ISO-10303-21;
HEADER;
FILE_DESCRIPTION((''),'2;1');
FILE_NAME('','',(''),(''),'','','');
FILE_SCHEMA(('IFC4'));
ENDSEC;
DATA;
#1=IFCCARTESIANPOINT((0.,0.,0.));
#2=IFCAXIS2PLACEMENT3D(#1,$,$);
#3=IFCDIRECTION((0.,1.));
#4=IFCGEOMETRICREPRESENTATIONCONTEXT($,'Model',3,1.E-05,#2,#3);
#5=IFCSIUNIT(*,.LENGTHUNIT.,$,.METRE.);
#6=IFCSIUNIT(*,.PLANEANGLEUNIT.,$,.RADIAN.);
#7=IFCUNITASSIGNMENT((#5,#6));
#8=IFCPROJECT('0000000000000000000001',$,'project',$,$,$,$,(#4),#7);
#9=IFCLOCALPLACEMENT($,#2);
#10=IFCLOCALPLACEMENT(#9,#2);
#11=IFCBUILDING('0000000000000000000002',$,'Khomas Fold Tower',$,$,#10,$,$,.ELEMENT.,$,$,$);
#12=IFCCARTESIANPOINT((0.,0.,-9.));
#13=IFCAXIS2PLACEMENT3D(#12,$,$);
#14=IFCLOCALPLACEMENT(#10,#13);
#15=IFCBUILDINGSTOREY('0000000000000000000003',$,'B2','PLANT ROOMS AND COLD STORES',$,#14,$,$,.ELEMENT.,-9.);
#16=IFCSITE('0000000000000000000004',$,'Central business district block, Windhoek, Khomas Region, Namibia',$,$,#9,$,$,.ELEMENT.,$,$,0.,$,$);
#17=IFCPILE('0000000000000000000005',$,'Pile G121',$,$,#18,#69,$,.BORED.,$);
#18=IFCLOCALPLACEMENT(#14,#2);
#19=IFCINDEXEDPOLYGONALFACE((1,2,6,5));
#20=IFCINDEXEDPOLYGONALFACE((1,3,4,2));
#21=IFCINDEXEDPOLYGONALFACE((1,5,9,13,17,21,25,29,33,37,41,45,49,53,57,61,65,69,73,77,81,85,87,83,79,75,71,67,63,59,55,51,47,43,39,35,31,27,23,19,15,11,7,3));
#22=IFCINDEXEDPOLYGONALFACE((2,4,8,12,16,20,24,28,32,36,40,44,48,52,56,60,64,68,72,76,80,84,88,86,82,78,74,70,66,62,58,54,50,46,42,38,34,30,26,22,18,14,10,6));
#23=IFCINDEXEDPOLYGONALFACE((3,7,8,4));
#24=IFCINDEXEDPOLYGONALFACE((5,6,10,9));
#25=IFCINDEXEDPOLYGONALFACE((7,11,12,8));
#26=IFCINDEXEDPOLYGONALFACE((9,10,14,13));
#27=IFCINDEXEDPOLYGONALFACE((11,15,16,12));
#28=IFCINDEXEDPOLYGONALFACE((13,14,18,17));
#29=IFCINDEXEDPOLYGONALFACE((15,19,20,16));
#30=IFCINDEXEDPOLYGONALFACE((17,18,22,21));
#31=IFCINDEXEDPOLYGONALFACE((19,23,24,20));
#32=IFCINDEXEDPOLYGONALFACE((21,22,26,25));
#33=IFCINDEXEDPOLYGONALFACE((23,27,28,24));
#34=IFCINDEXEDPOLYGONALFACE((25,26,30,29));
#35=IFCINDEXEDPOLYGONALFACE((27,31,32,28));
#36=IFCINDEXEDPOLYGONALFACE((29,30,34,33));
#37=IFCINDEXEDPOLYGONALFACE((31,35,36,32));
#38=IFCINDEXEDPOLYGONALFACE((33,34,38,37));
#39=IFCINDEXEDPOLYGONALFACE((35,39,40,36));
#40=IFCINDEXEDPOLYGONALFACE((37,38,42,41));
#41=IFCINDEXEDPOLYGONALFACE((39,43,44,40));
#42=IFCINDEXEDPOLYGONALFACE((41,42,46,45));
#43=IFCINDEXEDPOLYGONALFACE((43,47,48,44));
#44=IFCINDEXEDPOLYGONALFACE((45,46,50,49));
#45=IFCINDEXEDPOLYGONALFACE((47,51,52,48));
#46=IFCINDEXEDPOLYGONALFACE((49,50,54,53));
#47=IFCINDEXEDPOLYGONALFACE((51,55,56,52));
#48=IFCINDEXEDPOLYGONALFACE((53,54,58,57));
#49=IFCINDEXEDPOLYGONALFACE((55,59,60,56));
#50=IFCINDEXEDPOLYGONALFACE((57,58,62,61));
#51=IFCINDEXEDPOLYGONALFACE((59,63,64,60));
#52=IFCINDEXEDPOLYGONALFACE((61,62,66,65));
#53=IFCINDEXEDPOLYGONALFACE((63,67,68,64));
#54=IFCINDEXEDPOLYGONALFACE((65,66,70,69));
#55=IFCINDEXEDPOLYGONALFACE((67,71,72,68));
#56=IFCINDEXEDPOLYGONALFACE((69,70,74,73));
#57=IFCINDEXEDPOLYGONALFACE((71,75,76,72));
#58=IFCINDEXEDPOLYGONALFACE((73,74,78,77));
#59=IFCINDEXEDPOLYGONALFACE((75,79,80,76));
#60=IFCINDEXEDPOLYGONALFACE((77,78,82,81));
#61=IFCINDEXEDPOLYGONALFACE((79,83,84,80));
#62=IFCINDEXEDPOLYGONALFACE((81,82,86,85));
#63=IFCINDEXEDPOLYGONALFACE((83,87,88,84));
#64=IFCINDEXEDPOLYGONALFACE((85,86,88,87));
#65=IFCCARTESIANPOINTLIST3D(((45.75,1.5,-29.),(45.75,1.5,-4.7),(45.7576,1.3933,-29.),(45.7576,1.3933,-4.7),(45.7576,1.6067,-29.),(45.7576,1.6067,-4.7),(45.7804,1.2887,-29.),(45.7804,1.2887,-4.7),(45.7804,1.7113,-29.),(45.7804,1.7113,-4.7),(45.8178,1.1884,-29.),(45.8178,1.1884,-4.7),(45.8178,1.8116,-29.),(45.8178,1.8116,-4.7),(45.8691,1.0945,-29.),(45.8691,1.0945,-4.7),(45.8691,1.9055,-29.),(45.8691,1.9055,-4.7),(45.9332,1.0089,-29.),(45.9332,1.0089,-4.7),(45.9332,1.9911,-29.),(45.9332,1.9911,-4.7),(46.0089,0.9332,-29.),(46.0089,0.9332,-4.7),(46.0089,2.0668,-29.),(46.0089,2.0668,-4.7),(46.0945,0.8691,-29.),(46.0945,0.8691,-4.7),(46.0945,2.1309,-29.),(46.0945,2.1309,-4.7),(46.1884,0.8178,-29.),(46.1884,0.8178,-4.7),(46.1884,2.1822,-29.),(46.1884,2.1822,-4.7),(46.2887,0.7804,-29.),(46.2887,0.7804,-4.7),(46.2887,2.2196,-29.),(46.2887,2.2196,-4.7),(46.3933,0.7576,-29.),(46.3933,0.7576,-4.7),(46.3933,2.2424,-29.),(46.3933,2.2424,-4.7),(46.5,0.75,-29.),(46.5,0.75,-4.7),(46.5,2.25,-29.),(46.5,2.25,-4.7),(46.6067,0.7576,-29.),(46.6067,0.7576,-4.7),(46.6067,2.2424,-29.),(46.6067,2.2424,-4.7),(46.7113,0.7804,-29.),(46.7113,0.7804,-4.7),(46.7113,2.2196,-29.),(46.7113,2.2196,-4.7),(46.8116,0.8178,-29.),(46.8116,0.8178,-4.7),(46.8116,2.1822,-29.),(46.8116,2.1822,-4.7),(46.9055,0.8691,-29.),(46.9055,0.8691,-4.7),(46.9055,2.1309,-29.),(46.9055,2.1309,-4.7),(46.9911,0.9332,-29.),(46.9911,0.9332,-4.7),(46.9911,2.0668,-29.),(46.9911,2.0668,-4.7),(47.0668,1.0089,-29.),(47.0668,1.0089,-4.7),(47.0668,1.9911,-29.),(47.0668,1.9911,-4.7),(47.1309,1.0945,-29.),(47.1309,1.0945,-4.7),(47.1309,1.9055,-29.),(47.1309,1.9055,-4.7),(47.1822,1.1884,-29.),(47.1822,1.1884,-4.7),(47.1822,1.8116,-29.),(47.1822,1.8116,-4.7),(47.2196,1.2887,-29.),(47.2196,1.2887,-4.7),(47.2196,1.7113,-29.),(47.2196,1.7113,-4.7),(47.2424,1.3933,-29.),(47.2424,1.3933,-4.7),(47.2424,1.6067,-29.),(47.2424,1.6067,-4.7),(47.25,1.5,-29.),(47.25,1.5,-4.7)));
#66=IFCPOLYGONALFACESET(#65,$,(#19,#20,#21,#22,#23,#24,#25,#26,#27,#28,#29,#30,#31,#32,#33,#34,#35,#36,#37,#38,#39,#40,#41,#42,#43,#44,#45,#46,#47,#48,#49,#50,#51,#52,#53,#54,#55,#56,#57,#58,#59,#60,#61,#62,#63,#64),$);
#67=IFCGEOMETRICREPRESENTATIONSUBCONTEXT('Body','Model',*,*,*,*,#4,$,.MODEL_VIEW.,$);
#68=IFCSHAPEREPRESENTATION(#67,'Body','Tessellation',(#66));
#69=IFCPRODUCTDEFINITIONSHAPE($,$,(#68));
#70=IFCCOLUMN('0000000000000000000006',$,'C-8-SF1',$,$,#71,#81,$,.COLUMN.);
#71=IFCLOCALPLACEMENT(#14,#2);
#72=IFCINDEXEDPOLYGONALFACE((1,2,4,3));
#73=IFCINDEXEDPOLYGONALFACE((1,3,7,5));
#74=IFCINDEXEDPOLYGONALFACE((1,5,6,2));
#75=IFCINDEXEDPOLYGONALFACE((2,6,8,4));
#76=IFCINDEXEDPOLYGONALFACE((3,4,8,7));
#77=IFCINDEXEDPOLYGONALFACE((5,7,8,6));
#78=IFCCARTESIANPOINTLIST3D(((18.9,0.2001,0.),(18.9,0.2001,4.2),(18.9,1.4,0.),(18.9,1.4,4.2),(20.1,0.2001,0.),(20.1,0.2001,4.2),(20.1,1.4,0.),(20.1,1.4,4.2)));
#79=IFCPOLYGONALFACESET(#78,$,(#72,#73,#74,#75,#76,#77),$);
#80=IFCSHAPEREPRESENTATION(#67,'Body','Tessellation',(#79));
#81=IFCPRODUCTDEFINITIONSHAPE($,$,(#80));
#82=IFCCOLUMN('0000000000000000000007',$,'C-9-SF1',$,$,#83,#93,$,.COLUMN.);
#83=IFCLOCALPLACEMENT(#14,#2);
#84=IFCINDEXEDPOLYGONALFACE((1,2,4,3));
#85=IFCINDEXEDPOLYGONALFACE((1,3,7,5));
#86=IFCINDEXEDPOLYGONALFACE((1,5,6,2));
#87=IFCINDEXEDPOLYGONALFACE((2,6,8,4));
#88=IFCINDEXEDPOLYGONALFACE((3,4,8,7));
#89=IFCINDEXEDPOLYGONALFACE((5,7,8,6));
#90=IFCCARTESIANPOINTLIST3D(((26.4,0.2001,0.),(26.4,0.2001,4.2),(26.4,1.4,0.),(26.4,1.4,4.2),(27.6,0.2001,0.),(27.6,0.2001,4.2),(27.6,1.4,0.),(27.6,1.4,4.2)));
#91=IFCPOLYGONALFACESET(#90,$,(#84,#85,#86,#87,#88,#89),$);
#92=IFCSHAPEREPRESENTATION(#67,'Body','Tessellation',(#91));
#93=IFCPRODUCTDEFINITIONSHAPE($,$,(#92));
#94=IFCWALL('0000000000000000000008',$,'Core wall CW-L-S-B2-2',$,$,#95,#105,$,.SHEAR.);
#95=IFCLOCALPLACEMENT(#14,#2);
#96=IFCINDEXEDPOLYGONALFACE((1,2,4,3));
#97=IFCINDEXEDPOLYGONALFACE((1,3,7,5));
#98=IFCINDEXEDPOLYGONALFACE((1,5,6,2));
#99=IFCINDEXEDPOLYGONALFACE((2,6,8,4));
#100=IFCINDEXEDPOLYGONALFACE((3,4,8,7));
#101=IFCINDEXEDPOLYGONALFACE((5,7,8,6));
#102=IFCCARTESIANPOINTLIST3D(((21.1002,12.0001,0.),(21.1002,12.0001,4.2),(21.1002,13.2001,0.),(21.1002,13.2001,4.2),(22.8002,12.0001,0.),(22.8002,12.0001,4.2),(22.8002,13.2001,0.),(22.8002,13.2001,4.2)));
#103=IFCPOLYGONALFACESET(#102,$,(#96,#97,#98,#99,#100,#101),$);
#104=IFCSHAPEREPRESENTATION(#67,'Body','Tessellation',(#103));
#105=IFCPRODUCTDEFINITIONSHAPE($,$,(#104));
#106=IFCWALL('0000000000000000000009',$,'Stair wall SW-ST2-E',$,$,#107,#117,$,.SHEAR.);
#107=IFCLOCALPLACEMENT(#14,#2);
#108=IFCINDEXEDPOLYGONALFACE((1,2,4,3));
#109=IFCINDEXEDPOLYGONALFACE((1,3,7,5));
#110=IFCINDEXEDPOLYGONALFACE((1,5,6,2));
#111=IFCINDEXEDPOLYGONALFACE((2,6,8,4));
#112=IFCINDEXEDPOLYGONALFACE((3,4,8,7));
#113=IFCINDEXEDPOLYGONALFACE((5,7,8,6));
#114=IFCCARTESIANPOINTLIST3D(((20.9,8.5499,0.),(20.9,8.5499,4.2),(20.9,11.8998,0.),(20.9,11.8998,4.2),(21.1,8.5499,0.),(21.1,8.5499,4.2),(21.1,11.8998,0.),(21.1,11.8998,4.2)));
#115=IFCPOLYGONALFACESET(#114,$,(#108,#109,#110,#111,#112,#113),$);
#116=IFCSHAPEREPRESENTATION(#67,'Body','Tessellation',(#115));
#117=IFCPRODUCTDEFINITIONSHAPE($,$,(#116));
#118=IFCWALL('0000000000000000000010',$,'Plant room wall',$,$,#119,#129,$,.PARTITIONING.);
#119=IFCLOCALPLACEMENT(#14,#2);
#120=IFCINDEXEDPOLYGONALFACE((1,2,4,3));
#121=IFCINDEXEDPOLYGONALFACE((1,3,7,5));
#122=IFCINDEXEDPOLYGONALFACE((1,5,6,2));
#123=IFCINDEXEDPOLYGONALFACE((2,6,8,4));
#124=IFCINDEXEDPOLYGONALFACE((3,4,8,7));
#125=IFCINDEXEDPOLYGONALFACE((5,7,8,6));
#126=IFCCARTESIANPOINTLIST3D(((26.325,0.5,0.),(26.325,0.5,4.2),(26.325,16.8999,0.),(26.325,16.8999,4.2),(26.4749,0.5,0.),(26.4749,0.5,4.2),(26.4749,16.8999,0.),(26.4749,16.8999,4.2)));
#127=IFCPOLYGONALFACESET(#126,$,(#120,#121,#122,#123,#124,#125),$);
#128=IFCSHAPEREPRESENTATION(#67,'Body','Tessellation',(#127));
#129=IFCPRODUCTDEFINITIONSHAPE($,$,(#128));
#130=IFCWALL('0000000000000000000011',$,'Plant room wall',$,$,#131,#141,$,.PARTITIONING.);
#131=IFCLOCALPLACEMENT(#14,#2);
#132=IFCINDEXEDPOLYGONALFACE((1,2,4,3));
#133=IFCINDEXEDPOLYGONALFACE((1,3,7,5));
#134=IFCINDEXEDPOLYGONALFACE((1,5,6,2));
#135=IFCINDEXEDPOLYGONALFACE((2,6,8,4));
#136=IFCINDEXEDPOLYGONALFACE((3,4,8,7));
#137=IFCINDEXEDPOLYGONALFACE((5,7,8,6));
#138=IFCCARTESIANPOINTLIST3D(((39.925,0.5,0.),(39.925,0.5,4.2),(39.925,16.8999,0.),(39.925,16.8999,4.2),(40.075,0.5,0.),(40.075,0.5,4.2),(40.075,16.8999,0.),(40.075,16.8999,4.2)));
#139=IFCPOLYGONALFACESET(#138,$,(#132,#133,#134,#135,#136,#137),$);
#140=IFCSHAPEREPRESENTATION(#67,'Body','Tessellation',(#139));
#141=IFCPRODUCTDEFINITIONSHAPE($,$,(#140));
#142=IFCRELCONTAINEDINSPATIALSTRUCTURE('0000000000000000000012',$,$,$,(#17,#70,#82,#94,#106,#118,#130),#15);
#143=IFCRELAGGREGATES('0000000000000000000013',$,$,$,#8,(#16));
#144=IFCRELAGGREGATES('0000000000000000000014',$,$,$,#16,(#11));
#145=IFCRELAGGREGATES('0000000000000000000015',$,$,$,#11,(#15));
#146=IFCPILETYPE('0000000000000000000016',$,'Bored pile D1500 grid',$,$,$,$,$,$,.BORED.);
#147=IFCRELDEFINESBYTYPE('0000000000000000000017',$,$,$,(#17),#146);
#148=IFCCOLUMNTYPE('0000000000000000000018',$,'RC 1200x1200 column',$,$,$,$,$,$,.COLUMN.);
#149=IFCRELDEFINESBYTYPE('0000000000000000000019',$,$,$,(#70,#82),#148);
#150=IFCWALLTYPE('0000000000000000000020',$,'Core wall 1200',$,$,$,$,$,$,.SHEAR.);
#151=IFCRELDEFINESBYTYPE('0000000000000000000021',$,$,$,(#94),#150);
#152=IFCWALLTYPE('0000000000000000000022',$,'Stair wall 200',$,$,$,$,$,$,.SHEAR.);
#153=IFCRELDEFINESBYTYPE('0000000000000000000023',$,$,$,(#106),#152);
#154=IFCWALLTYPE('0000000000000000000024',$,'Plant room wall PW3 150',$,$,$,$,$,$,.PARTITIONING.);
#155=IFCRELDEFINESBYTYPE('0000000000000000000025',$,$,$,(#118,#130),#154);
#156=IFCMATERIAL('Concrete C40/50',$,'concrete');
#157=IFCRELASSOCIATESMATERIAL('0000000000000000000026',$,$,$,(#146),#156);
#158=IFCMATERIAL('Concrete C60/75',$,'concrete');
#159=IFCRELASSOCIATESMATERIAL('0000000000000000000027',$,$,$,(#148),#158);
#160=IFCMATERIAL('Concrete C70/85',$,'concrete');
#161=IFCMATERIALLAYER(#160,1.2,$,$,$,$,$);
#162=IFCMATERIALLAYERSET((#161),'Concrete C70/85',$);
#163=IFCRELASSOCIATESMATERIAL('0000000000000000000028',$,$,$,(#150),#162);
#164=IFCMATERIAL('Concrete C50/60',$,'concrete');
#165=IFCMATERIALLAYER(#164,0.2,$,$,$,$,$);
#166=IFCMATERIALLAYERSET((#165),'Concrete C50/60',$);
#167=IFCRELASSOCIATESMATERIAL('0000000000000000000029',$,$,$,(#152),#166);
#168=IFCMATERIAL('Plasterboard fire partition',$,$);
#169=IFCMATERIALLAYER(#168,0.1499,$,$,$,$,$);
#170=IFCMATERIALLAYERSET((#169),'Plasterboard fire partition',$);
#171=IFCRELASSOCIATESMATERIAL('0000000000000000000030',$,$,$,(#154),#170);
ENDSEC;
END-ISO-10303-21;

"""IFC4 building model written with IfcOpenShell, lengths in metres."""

from ifc_helpers import new_model, si_unit, direction, frame, frame_2d, origin, origin_2d, place, context, subcontext, project, spatial, rectangle, circle, extrude, source, transform, mapped, material, layer, layer_set, material_profile, profile_set, type_object, element, save


model = new_model("IFC4")

# Units and contexts
model_context = context("Model", 3, precision=1e-05, world=origin(), true_north=direction((0.0, 1.0)))
body_context = subcontext(model_context, "Body", "Model", "MODEL_VIEW")
ifc_project = project(units=[si_unit("LENGTHUNIT", "METRE"), si_unit("PLANEANGLEUNIT", "RADIAN")], contexts=[model_context])

# Site, building, storey
site_placement = place(None, origin())
site = spatial("IfcSite", under=ifc_project, at=site_placement, Name="Central business district block, Windhoek, Khomas Region, Namibia", CompositionType="ELEMENT", RefElevation=0.0)
building_placement = place(site_placement, origin())
building = spatial("IfcBuilding", under=site, at=building_placement, Name="Khomas Fold Tower", CompositionType="ELEMENT")
storey_placement = place(building_placement, frame((0.0, 0.0, -9.0)))
storey = spatial("IfcBuildingStorey", under=building, at=storey_placement, Name="B2", Description="PLANT ROOMS AND COLD STORES", CompositionType="ELEMENT", Elevation=-9.0)

# Pile
ifc_material_1 = material(Name="Concrete C40/50", Category="concrete")
ifc_material_profile_1 = material_profile(ifc_material_1, circle(Radius=0.75, at=origin_2d()), Name="PILE D1500")
ifc_profile_set_1 = profile_set([ifc_material_profile_1], Name="Concrete C40/50")
pile_type = type_object("IfcPileType", Name="Bored pile D1500 grid", PredefinedType="BORED", material=ifc_profile_set_1)
shared_shape_1 = source(origin(), body_context, "Body", "SweptSolid", [
    extrude(circle(Radius=0.75, at=origin_2d()), origin(), (0.0, 0.0, 1.0), 24.3),
])
for number, where, z_axis, x_axis, name in (
    (1, (46.5, 1.5, -4.7), (0.0, 0.0, -1.0), (1.0, 0.0, 0.0), "Pile G121"),
):
    element("IfcPile", number, at=place(storey_placement, frame(where, z_axis=z_axis, x_axis=x_axis)), inside=storey, type_object=pile_type, Name=name, PredefinedType="BORED", context=body_context, shape_type="MappedRepresentation", body=[
        mapped(shared_shape_1, transform((0.0, 0.0, 0.0))),
    ])

# Columns
ifc_material_2 = material(Name="Concrete C60/75", Category="concrete")
ifc_material_profile_2 = material_profile(ifc_material_2, rectangle(XDim=1.2, YDim=1.2, at=origin_2d()), Name="RC 1200x1200")
ifc_profile_set_2 = profile_set([ifc_material_profile_2], Name="Concrete C60/75")
column_type = type_object("IfcColumnType", Name="RC 1200x1200 column", PredefinedType="COLUMN", material=ifc_profile_set_2)
shared_shape_2 = source(origin(), body_context, "Body", "SweptSolid", [
    extrude(rectangle(XDim=1.2, YDim=1.2, at=origin_2d()), origin(), (0.0, 0.0, 1.0), 4.2),
])
for number, where, z_axis, x_axis, name in (
    (2, (19.5, 0.8, 0.0), (0.0, 0.0, 1.0), (1.0, 0.0, 0.0), "C-8-SF1"),
    (3, (27.0, 0.8, 0.0), (0.0, 0.0, 1.0), (1.0, 0.0, 0.0), "C-9-SF1"),
):
    element("IfcColumn", number, at=place(storey_placement, frame(where, z_axis=z_axis, x_axis=x_axis)), inside=storey, type_object=column_type, Name=name, PredefinedType="COLUMN", context=body_context, shape_type="MappedRepresentation", body=[
        mapped(shared_shape_2, transform((0.0, 0.0, 0.0))),
    ])

# Walls
ifc_material_3 = material(Name="Concrete C70/85", Category="concrete")
ifc_layer_1 = layer(ifc_material_3, 1.2)
ifc_layer_set_1 = layer_set([ifc_layer_1], Name="Concrete C70/85")
wall_type_1 = type_object("IfcWallType", Name="Core wall 1200", PredefinedType="SHEAR", material=ifc_layer_set_1)
shared_shape_3 = source(origin(), body_context, "Body", "SweptSolid", [
    extrude(rectangle(XDim=1.7, YDim=1.2, at=frame_2d((0.8501, 0.0))), origin(), (0.0, 0.0, 1.0), 4.2),
])
wall_1_placement = place(storey_placement, frame((21.1001, 12.6001, 0.0), z_axis=(0.0, 0.0, 1.0), x_axis=(1.0, 0.0, 0.0)))
element("IfcWall", 4, at=wall_1_placement, inside=storey, type_object=wall_type_1, Name="Core wall CW-L-S-B2-2", PredefinedType="SHEAR", context=body_context, shape_type="MappedRepresentation", body=[
    mapped(shared_shape_3, transform((0.0, 0.0, 0.0))),
])
ifc_material_4 = material(Name="Concrete C50/60", Category="concrete")
ifc_layer_2 = layer(ifc_material_4, 0.2)
ifc_layer_set_2 = layer_set([ifc_layer_2], Name="Concrete C50/60")
wall_type_2 = type_object("IfcWallType", Name="Stair wall 200", PredefinedType="SHEAR", material=ifc_layer_set_2)
shared_shape_4 = source(origin(), body_context, "Body", "SweptSolid", [
    extrude(rectangle(XDim=3.3499, YDim=0.2, at=frame_2d((1.6748, 0.0))), origin(), (0.0, 0.0, 1.0), 4.2),
])
wall_2_placement = place(storey_placement, frame((21.0, 8.55, 0.0), z_axis=(0.0, 0.0, 1.0), x_axis=(0.0, 1.0, 0.0)))
element("IfcWall", 5, at=wall_2_placement, inside=storey, type_object=wall_type_2, Name="Stair wall SW-ST2-E", PredefinedType="SHEAR", context=body_context, shape_type="MappedRepresentation", body=[
    mapped(shared_shape_4, transform((0.0, 0.0, 0.0))),
])
ifc_material_5 = material(Name="Plasterboard fire partition")
ifc_layer_3 = layer(ifc_material_5, 0.1499)
ifc_layer_set_3 = layer_set([ifc_layer_3], Name="Plasterboard fire partition")
wall_type_3 = type_object("IfcWallType", Name="Plant room wall PW3 150", PredefinedType="PARTITIONING", material=ifc_layer_set_3)
shared_shape_5 = source(origin(), body_context, "Body", "SweptSolid", [
    extrude(rectangle(XDim=16.3999, YDim=0.1499, at=frame_2d((8.2, 0.0))), origin(), (0.0, 0.0, 1.0), 4.2),
])
for number, where, z_axis, x_axis, name in (
    (6, (26.3999, 0.5, 0.0), (0.0, 0.0, 1.0), (0.0, 1.0, 0.0), "Plant room wall"),
    (7, (40.0, 0.5, 0.0), (0.0, 0.0, 1.0), (0.0, 1.0, 0.0), "Plant room wall"),
):
    element("IfcWall", number, at=place(storey_placement, frame(where, z_axis=z_axis, x_axis=x_axis)), inside=storey, type_object=wall_type_3, Name=name, PredefinedType="PARTITIONING", context=body_context, shape_type="MappedRepresentation", body=[
        mapped(shared_shape_5, transform((0.0, 0.0, 0.0))),
    ])

save(model, "model.ifc")
